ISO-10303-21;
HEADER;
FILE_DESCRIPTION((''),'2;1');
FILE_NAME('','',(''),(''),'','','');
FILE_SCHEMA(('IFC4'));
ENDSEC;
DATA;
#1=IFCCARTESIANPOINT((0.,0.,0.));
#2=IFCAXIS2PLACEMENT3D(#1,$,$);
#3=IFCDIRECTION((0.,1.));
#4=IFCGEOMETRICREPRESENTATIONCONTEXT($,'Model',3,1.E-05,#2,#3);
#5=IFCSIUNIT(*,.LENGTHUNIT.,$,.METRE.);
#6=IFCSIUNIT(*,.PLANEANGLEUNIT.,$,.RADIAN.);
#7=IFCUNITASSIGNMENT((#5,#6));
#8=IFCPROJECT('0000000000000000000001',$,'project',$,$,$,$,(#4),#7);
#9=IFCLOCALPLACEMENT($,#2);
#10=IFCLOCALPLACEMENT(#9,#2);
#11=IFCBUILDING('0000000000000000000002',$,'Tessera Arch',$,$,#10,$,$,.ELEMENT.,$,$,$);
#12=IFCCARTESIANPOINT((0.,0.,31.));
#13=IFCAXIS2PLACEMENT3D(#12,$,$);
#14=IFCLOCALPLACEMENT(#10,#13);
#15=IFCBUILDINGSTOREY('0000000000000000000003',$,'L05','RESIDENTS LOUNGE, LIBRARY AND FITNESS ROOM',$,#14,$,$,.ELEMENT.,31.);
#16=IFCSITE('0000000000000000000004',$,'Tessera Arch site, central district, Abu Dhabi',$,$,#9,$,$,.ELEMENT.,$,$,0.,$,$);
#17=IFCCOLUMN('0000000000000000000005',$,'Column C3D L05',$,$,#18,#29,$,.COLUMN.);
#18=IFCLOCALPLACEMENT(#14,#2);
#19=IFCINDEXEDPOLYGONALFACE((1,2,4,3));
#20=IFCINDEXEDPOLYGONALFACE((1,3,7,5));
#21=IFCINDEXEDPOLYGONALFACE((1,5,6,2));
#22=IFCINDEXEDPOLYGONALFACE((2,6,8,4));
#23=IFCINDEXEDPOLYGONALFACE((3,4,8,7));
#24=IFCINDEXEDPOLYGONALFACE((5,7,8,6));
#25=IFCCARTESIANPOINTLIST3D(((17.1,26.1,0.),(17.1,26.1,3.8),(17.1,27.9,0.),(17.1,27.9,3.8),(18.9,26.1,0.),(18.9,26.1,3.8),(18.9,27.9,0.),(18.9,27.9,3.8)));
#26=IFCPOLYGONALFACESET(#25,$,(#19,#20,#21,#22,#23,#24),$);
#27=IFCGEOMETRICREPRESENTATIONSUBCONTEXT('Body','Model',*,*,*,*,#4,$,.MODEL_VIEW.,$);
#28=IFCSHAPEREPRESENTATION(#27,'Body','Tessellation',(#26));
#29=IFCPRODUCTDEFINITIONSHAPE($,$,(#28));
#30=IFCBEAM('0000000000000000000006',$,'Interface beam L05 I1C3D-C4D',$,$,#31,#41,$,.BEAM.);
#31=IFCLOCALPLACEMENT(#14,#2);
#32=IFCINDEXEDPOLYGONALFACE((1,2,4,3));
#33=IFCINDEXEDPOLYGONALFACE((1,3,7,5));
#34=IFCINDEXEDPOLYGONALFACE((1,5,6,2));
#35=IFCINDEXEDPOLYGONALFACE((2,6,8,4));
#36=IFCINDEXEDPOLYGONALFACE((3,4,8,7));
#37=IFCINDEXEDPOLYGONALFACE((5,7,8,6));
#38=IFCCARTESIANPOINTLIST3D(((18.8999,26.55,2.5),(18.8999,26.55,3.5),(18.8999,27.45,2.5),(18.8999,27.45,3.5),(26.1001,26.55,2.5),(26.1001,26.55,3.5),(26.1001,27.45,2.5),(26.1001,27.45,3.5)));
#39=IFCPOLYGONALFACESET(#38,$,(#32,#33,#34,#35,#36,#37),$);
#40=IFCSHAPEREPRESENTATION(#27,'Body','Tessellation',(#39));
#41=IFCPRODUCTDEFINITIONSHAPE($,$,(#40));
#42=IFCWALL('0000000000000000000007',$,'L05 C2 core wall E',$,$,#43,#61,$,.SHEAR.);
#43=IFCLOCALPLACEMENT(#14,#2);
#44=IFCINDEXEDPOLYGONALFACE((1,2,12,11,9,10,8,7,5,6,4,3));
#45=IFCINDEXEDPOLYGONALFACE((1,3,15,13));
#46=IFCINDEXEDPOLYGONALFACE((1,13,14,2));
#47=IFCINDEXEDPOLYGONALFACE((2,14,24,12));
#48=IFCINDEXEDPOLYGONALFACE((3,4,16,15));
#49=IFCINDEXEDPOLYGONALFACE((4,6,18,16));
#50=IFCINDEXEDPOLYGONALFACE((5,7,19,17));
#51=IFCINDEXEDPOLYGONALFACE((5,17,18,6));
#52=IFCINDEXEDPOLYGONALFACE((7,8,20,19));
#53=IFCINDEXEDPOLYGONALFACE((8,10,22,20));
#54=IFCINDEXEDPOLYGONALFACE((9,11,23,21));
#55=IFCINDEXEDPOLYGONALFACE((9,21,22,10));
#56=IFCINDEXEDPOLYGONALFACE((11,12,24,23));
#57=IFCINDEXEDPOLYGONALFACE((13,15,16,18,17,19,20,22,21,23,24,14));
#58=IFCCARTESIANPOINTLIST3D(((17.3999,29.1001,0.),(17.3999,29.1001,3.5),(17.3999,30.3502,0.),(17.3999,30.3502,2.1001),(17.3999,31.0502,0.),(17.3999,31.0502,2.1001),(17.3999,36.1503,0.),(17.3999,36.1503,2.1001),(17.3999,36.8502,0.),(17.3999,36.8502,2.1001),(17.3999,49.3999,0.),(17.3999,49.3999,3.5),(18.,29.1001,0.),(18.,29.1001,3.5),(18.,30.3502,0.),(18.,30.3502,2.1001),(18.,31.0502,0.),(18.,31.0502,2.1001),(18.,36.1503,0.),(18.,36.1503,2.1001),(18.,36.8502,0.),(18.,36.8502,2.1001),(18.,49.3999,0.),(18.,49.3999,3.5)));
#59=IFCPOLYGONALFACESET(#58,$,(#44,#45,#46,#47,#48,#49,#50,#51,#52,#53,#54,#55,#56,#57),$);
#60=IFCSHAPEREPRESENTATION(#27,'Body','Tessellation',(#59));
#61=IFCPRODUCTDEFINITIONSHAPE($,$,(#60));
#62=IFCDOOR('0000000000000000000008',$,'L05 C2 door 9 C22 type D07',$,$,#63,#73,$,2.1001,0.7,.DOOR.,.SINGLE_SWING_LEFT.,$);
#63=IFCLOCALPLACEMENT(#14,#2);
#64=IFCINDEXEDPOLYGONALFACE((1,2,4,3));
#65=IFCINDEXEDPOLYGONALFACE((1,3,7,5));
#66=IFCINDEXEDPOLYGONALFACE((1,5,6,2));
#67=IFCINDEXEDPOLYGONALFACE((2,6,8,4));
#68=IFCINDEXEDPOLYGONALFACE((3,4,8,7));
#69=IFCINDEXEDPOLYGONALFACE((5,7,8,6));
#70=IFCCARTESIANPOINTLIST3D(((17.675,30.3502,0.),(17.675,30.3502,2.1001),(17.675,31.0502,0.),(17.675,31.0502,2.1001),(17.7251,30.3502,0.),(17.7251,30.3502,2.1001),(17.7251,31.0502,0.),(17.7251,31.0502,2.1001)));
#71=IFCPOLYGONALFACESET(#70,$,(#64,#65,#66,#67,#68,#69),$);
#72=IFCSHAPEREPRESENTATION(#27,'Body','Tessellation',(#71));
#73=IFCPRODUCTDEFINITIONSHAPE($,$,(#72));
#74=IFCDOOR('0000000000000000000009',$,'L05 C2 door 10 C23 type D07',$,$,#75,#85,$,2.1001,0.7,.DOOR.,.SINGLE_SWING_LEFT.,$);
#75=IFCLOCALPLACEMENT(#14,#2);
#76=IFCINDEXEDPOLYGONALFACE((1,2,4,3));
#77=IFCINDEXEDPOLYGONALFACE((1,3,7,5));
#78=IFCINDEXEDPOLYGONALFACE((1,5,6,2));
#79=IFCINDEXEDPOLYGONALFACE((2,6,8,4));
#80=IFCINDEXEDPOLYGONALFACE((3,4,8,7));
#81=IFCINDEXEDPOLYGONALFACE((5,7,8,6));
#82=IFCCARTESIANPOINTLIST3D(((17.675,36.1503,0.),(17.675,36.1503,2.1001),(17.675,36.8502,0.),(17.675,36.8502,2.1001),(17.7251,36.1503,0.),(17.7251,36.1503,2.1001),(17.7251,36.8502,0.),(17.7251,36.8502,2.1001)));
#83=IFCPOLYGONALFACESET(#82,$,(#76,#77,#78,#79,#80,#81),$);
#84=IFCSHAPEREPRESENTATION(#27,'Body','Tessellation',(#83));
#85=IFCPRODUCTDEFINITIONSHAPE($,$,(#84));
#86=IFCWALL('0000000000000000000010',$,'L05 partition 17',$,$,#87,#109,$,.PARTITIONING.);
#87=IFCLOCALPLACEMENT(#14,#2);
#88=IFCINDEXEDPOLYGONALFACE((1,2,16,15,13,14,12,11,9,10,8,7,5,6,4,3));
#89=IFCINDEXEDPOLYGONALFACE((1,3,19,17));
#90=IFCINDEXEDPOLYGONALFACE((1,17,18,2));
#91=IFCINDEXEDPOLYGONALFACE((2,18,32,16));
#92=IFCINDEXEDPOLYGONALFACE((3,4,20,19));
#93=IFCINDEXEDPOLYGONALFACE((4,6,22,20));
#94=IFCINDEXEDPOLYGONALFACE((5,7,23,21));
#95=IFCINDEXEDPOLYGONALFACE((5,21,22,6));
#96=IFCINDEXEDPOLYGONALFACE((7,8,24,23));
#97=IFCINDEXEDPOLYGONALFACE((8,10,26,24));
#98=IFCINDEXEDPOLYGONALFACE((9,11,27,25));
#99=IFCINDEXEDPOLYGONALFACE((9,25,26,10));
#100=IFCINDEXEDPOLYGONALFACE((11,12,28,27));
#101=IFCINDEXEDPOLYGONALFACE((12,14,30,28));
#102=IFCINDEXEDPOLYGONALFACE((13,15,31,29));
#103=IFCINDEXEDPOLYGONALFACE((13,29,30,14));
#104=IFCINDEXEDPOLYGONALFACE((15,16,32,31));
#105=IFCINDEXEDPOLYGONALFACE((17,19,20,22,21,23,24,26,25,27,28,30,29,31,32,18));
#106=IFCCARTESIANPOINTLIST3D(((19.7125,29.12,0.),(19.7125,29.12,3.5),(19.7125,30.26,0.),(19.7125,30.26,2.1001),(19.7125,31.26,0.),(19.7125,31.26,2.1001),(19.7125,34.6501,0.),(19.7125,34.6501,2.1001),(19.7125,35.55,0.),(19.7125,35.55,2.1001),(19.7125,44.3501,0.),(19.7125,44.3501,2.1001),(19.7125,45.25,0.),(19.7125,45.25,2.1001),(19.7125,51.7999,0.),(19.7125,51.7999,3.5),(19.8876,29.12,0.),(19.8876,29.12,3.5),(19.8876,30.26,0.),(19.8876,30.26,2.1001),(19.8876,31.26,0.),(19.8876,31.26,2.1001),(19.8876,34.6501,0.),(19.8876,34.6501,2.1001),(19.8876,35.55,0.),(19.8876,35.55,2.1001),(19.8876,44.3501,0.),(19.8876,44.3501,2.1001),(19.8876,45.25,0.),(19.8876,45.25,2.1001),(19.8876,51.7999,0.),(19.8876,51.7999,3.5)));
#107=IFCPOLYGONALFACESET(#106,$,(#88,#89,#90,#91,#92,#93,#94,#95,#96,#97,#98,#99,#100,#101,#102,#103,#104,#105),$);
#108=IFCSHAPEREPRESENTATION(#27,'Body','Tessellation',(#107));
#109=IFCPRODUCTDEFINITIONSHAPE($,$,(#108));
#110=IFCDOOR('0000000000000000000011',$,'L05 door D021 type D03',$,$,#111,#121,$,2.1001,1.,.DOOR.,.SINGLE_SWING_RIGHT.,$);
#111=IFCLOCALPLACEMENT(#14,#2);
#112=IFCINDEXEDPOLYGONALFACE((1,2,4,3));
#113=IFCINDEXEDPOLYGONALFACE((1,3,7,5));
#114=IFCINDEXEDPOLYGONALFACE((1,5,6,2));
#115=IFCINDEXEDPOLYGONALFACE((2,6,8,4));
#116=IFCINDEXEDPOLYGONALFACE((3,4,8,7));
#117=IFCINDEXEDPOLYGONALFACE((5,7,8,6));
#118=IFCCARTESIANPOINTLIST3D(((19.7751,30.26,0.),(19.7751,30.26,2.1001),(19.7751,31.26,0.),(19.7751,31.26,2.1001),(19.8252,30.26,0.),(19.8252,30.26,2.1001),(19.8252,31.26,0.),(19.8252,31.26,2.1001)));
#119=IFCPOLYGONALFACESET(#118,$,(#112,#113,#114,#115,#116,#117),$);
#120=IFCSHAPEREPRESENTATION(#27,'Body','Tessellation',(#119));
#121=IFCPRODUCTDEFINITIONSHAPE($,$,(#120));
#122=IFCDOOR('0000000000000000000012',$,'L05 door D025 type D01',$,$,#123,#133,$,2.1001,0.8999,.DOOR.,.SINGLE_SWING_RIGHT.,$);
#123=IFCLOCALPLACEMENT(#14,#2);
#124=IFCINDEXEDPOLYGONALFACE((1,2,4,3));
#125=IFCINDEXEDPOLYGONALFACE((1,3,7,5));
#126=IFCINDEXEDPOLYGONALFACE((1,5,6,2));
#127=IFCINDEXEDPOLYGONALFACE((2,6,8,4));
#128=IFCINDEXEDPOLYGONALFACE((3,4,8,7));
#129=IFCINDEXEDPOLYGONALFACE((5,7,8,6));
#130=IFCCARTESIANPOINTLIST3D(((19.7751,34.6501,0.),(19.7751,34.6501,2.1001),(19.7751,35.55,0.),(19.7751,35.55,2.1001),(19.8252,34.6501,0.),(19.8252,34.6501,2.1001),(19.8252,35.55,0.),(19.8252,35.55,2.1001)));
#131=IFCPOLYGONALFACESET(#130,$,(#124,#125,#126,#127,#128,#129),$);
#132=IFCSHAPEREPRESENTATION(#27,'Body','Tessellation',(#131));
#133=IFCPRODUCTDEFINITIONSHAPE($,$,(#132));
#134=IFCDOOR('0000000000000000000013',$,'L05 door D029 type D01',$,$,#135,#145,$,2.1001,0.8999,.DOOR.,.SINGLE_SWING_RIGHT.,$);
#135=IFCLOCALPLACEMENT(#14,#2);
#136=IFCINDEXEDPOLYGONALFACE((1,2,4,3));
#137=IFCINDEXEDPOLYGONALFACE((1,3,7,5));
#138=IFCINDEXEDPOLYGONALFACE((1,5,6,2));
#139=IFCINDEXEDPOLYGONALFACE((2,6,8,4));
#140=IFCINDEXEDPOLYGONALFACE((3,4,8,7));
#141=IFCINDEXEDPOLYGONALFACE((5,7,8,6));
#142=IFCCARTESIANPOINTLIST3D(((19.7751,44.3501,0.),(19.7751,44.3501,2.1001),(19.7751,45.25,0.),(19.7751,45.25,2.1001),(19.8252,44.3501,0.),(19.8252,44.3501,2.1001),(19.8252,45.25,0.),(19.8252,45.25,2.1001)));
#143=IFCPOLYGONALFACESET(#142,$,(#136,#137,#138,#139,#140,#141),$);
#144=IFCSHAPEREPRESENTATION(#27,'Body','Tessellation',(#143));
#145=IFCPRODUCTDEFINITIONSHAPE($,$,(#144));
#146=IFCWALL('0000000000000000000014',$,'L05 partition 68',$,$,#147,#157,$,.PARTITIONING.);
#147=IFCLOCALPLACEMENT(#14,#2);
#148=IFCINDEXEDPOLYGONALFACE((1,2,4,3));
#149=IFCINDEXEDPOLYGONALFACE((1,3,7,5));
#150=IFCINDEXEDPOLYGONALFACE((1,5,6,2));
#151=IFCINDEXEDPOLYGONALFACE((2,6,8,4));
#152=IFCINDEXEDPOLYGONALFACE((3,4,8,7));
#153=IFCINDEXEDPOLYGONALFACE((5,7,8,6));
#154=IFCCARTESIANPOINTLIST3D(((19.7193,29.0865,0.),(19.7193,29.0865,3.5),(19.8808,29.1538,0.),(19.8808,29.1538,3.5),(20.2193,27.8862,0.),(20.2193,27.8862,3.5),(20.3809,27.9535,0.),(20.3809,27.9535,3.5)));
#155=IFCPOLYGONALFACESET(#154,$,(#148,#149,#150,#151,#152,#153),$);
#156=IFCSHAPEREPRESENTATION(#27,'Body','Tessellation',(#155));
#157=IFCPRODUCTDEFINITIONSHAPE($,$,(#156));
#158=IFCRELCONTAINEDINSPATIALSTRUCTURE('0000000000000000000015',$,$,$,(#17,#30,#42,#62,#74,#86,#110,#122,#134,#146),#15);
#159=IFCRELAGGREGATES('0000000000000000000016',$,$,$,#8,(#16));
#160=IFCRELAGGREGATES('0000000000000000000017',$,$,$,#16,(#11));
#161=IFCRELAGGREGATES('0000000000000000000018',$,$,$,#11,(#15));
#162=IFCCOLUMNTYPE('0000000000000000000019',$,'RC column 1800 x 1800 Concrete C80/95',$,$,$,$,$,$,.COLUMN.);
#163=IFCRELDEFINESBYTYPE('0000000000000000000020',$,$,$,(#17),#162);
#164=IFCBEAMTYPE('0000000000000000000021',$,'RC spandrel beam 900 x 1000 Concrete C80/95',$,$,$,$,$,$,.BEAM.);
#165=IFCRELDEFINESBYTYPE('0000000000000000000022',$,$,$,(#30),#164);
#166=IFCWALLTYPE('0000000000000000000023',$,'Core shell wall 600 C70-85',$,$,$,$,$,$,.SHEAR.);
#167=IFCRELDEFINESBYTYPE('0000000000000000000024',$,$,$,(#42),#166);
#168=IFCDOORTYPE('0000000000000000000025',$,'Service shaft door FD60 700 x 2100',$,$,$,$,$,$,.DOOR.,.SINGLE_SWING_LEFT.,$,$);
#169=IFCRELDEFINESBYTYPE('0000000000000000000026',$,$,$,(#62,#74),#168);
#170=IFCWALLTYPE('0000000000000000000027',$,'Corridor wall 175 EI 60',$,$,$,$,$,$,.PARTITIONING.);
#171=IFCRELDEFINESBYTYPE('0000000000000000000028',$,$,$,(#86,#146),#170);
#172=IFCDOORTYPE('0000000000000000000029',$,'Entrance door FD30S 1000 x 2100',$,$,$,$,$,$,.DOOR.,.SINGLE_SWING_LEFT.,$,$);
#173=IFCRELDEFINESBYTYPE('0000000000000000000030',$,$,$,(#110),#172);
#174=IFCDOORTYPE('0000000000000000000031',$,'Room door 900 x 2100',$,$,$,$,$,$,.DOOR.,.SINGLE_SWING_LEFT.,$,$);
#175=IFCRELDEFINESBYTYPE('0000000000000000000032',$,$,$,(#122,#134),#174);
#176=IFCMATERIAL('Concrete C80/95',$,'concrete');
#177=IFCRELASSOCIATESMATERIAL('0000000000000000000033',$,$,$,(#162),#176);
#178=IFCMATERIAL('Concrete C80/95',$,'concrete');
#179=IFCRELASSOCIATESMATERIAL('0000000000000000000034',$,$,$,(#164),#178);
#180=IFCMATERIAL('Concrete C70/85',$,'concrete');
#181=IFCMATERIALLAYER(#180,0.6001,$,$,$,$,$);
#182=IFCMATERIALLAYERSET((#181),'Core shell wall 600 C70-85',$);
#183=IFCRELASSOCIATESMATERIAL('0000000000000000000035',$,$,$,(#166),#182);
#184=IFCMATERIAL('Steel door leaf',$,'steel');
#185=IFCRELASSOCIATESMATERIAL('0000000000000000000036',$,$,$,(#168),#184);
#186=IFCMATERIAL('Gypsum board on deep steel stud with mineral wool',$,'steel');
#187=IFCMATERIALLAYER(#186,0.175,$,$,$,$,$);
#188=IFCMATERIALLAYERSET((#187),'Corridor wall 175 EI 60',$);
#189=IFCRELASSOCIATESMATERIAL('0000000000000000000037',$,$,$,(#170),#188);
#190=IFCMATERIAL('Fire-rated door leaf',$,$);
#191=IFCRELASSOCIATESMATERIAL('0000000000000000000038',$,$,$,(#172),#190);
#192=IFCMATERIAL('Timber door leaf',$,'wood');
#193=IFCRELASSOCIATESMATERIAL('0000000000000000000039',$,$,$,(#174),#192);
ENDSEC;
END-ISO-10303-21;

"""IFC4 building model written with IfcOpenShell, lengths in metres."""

from ifc_helpers import new_model, si_unit, direction, frame, frame_2d, origin, origin_2d, place, context, subcontext, project, spatial, rectangle, extrude, material, layer, layer_set, material_profile, profile_set, type_object, element, fill, save


model = new_model("IFC4")

# Units and contexts
model_context = context("Model", 3, precision=1e-05, world=origin(), true_north=direction((0.0, 1.0)))
body_context = subcontext(model_context, "Body", "Model", "MODEL_VIEW")
ifc_project = project(units=[si_unit("LENGTHUNIT", "METRE"), si_unit("PLANEANGLEUNIT", "RADIAN")], contexts=[model_context])

# Site, building, storey
site_placement = place(None, origin())
site = spatial("IfcSite", under=ifc_project, at=site_placement, Name="Tessera Arch site, central district, Abu Dhabi", CompositionType="ELEMENT", RefElevation=0.0)
building_placement = place(site_placement, origin())
building = spatial("IfcBuilding", under=site, at=building_placement, Name="Tessera Arch", CompositionType="ELEMENT")
storey_placement = place(building_placement, frame((0.0, 0.0, 31.0)))
storey = spatial("IfcBuildingStorey", under=building, at=storey_placement, Name="L05", Description="RESIDENTS LOUNGE, LIBRARY AND FITNESS ROOM", CompositionType="ELEMENT", Elevation=31.0)

# Column
ifc_material_1 = material(Name="Concrete C80/95", Category="concrete")
ifc_material_profile_1 = material_profile(ifc_material_1, rectangle(XDim=1.8, YDim=1.8, at=origin_2d()), Name="RC column 1800 x 1800 Concrete C80/95")
ifc_profile_set_1 = profile_set([ifc_material_profile_1], Name="Concrete C80/95")
column_type = type_object("IfcColumnType", Name="RC column 1800 x 1800 Concrete C80/95", PredefinedType="COLUMN", material=ifc_profile_set_1)
column_placement = place(storey_placement, frame((18.0, 27.0, 0.0), z_axis=(0.0, 0.0, 1.0), x_axis=(1.0, 0.0, 0.0)))
element("IfcColumn", 1, at=column_placement, inside=storey, type_object=column_type, Name="Column C3D L05", PredefinedType="COLUMN", context=body_context, shape_type="SweptSolid", body=[
    extrude(rectangle(XDim=1.8, YDim=1.8, at=origin_2d()), origin(), (0.0, 0.0, 1.0), 3.8),
])

# Beam
ifc_material_2 = material(Name="Concrete C80/95", Category="concrete")
ifc_material_profile_2 = material_profile(ifc_material_2, rectangle(XDim=0.8999, YDim=1.0, at=origin_2d()), Name="RC spandrel beam 900 x 1000 Concrete C80/95")
ifc_profile_set_2 = profile_set([ifc_material_profile_2], Name="Concrete C80/95")
beam_type = type_object("IfcBeamType", Name="RC spandrel beam 900 x 1000 Concrete C80/95", PredefinedType="BEAM", material=ifc_profile_set_2)
beam_placement = place(storey_placement, frame((18.8999, 27.0, 3.0), z_axis=(1.0, 0.0, 0.0), x_axis=(0.0, 1.0, 0.0)))
element("IfcBeam", 2, at=beam_placement, inside=storey, type_object=beam_type, Name="Interface beam L05 I1C3D-C4D", PredefinedType="BEAM", context=body_context, shape_type="SweptSolid", body=[
    extrude(rectangle(XDim=0.8999, YDim=1.0, at=origin_2d()), origin(), (0.0, 0.0, 1.0), 7.2002),
])

# Walls, openings, doors
ifc_material_3 = material(Name="Concrete C70/85", Category="concrete")
ifc_layer_1 = layer(ifc_material_3, 0.6001)
ifc_layer_set_1 = layer_set([ifc_layer_1], Name="Core shell wall 600 C70-85")
wall_type_1 = type_object("IfcWallType", Name="Core shell wall 600 C70-85", PredefinedType="SHEAR", material=ifc_layer_set_1)
wall_1_placement = place(storey_placement, frame((17.7, 29.1001, 0.0), z_axis=(0.0, 0.0, 1.0), x_axis=(0.0, 1.0, 0.0)))
wall_1 = element("IfcWall", 3, at=wall_1_placement, inside=storey, type_object=wall_type_1, Name="L05 C2 core wall E", PredefinedType="SHEAR", context=body_context, shape_type="SweptSolid", body=[
    extrude(rectangle(XDim=20.2998, YDim=0.6001, at=frame_2d((10.1499, 0.0))), origin(), (0.0, 0.0, 1.0), 3.5),
])
opening_1_placement = place(wall_1_placement, frame((1.25, 0.0, 0.0)))
opening_1 = element("IfcOpeningElement", 4, at=opening_1_placement, cuts=wall_1, PredefinedType="OPENING", context=body_context, shape_type="SweptSolid", body=[
    extrude(rectangle(XDim=0.7, YDim=2.1001, at=frame_2d((0.3501, 1.05))), frame((0.0, 0.3101, 0.0), z_axis=(0.0, -1.0, 0.0), x_axis=(1.0, 0.0, 0.0)), (0.0, 0.0, 1.0), 0.6201),
])
opening_2_placement = place(wall_1_placement, frame((7.05, 0.0, 0.0)))
opening_2 = element("IfcOpeningElement", 5, at=opening_2_placement, cuts=wall_1, PredefinedType="OPENING", context=body_context, shape_type="SweptSolid", body=[
    extrude(rectangle(XDim=0.7, YDim=2.1001, at=frame_2d((0.3501, 1.05))), frame((0.0, 0.3101, 0.0), z_axis=(0.0, -1.0, 0.0), x_axis=(1.0, 0.0, 0.0)), (0.0, 0.0, 1.0), 0.6201),
])
ifc_material_4 = material(Name="Steel door leaf", Category="steel")
door_type_1 = type_object("IfcDoorType", Name="Service shaft door FD60 700 x 2100", OperationType="SINGLE_SWING_LEFT", PredefinedType="DOOR", material=ifc_material_4)
door_1_placement = place(opening_1_placement, origin())
door_1 = element("IfcDoor", 6, at=door_1_placement, inside=storey, type_object=door_type_1, Name="L05 C2 door 9 C22 type D07", OperationType="SINGLE_SWING_LEFT", OverallHeight=2.1001, OverallWidth=0.7, PredefinedType="DOOR", context=body_context, shape_type="SweptSolid", body=[
    extrude(rectangle(XDim=0.7, YDim=2.1001, at=frame_2d((0.3501, 1.05))), frame((0.0, 0.0249, 0.0), z_axis=(0.0, -1.0, 0.0), x_axis=(1.0, 0.0, 0.0)), (0.0, 0.0, 1.0), 0.05),
])
fill(opening_1, door_1)
door_2_placement = place(opening_2_placement, origin())
door_2 = element("IfcDoor", 7, at=door_2_placement, inside=storey, type_object=door_type_1, Name="L05 C2 door 10 C23 type D07", OperationType="SINGLE_SWING_LEFT", OverallHeight=2.1001, OverallWidth=0.7, PredefinedType="DOOR", context=body_context, shape_type="SweptSolid", body=[
    extrude(rectangle(XDim=0.7, YDim=2.1001, at=frame_2d((0.3501, 1.05))), frame((0.0, 0.0249, 0.0), z_axis=(0.0, -1.0, 0.0), x_axis=(1.0, 0.0, 0.0)), (0.0, 0.0, 1.0), 0.05),
])
fill(opening_2, door_2)
ifc_material_5 = material(Name="Gypsum board on deep steel stud with mineral wool", Category="steel")
ifc_layer_2 = layer(ifc_material_5, 0.175)
ifc_layer_set_2 = layer_set([ifc_layer_2], Name="Corridor wall 175 EI 60")
wall_type_2 = type_object("IfcWallType", Name="Corridor wall 175 EI 60", PredefinedType="PARTITIONING", material=ifc_layer_set_2)
wall_2_placement = place(storey_placement, frame((19.8, 29.1201, 0.0), z_axis=(0.0, 0.0, 1.0), x_axis=(0.0, 1.0, 0.0)))
wall_2 = element("IfcWall", 8, at=wall_2_placement, inside=storey, type_object=wall_type_2, Name="L05 partition 17", PredefinedType="PARTITIONING", context=body_context, shape_type="SweptSolid", body=[
    extrude(rectangle(XDim=22.6799, YDim=0.175, at=frame_2d((11.3398, 0.0))), origin(), (0.0, 0.0, 1.0), 3.5),
])
opening_3_placement = place(wall_2_placement, frame((1.1399, 0.0, 0.0)))
opening_3 = element("IfcOpeningElement", 9, at=opening_3_placement, cuts=wall_2, PredefinedType="OPENING", context=body_context, shape_type="SweptSolid", body=[
    extrude(rectangle(XDim=1.0, YDim=2.1001, at=frame_2d((0.5, 1.05))), frame((0.0, 0.0974, 0.0), z_axis=(0.0, -1.0, 0.0), x_axis=(1.0, 0.0, 0.0)), (0.0, 0.0, 1.0), 0.1951),
])
opening_4_placement = place(wall_2_placement, frame((5.53, 0.0, 0.0)))
opening_4 = element("IfcOpeningElement", 10, at=opening_4_placement, cuts=wall_2, PredefinedType="OPENING", context=body_context, shape_type="SweptSolid", body=[
    extrude(rectangle(XDim=0.8999, YDim=2.1001, at=frame_2d((0.45, 1.05))), frame((0.0, 0.0974, 0.0), z_axis=(0.0, -1.0, 0.0), x_axis=(1.0, 0.0, 0.0)), (0.0, 0.0, 1.0), 0.1951),
])
opening_5_placement = place(wall_2_placement, frame((15.23, 0.0, 0.0)))
opening_5 = element("IfcOpeningElement", 11, at=opening_5_placement, cuts=wall_2, PredefinedType="OPENING", context=body_context, shape_type="SweptSolid", body=[
    extrude(rectangle(XDim=0.8999, YDim=2.1001, at=frame_2d((0.45, 1.05))), frame((0.0, 0.0974, 0.0), z_axis=(0.0, -1.0, 0.0), x_axis=(1.0, 0.0, 0.0)), (0.0, 0.0, 1.0), 0.1951),
])
ifc_material_6 = material(Name="Fire-rated door leaf")
door_type_2 = type_object("IfcDoorType", Name="Entrance door FD30S 1000 x 2100", OperationType="SINGLE_SWING_LEFT", PredefinedType="DOOR", material=ifc_material_6)
door_3_placement = place(opening_3_placement, origin())
door_3 = element("IfcDoor", 12, at=door_3_placement, inside=storey, type_object=door_type_2, Name="L05 door D021 type D03", OperationType="SINGLE_SWING_RIGHT", OverallHeight=2.1001, OverallWidth=1.0, PredefinedType="DOOR", context=body_context, shape_type="SweptSolid", body=[
    extrude(rectangle(XDim=1.0, YDim=2.1001, at=frame_2d((0.5, 1.05))), frame((0.0, 0.0249, 0.0), z_axis=(0.0, -1.0, 0.0), x_axis=(1.0, 0.0, 0.0)), (0.0, 0.0, 1.0), 0.05),
])
fill(opening_3, door_3)
ifc_material_7 = material(Name="Timber door leaf", Category="wood")
door_type_3 = type_object("IfcDoorType", Name="Room door 900 x 2100", OperationType="SINGLE_SWING_LEFT", PredefinedType="DOOR", material=ifc_material_7)
door_4_placement = place(opening_4_placement, origin())
door_4 = element("IfcDoor", 13, at=door_4_placement, inside=storey, type_object=door_type_3, Name="L05 door D025 type D01", OperationType="SINGLE_SWING_RIGHT", OverallHeight=2.1001, OverallWidth=0.8999, PredefinedType="DOOR", context=body_context, shape_type="SweptSolid", body=[
    extrude(rectangle(XDim=0.8999, YDim=2.1001, at=frame_2d((0.45, 1.05))), frame((0.0, 0.0249, 0.0), z_axis=(0.0, -1.0, 0.0), x_axis=(1.0, 0.0, 0.0)), (0.0, 0.0, 1.0), 0.05),
])
fill(opening_4, door_4)
door_5_placement = place(opening_5_placement, origin())
door_5 = element("IfcDoor", 14, at=door_5_placement, inside=storey, type_object=door_type_3, Name="L05 door D029 type D01", OperationType="SINGLE_SWING_RIGHT", OverallHeight=2.1001, OverallWidth=0.8999, PredefinedType="DOOR", context=body_context, shape_type="SweptSolid", body=[
    extrude(rectangle(XDim=0.8999, YDim=2.1001, at=frame_2d((0.45, 1.05))), frame((0.0, 0.0249, 0.0), z_axis=(0.0, -1.0, 0.0), x_axis=(1.0, 0.0, 0.0)), (0.0, 0.0, 1.0), 0.05),
])
fill(opening_5, door_5)

# Wall
wall_3_placement = place(storey_placement, frame((19.8, 29.1201, 0.0), z_axis=(0.0, 0.0, 1.0), x_axis=(0.384562, -0.923099, 0.0)))
element("IfcWall", 15, at=wall_3_placement, inside=storey, type_object=wall_type_2, Name="L05 partition 68", PredefinedType="PARTITIONING", context=body_context, shape_type="SweptSolid", body=[
    extrude(rectangle(XDim=1.3003, YDim=0.175, at=frame_2d((0.6501, 0.0))), origin(), (0.0, 0.0, 1.0), 3.5),
])

save(model, "model.ifc")
